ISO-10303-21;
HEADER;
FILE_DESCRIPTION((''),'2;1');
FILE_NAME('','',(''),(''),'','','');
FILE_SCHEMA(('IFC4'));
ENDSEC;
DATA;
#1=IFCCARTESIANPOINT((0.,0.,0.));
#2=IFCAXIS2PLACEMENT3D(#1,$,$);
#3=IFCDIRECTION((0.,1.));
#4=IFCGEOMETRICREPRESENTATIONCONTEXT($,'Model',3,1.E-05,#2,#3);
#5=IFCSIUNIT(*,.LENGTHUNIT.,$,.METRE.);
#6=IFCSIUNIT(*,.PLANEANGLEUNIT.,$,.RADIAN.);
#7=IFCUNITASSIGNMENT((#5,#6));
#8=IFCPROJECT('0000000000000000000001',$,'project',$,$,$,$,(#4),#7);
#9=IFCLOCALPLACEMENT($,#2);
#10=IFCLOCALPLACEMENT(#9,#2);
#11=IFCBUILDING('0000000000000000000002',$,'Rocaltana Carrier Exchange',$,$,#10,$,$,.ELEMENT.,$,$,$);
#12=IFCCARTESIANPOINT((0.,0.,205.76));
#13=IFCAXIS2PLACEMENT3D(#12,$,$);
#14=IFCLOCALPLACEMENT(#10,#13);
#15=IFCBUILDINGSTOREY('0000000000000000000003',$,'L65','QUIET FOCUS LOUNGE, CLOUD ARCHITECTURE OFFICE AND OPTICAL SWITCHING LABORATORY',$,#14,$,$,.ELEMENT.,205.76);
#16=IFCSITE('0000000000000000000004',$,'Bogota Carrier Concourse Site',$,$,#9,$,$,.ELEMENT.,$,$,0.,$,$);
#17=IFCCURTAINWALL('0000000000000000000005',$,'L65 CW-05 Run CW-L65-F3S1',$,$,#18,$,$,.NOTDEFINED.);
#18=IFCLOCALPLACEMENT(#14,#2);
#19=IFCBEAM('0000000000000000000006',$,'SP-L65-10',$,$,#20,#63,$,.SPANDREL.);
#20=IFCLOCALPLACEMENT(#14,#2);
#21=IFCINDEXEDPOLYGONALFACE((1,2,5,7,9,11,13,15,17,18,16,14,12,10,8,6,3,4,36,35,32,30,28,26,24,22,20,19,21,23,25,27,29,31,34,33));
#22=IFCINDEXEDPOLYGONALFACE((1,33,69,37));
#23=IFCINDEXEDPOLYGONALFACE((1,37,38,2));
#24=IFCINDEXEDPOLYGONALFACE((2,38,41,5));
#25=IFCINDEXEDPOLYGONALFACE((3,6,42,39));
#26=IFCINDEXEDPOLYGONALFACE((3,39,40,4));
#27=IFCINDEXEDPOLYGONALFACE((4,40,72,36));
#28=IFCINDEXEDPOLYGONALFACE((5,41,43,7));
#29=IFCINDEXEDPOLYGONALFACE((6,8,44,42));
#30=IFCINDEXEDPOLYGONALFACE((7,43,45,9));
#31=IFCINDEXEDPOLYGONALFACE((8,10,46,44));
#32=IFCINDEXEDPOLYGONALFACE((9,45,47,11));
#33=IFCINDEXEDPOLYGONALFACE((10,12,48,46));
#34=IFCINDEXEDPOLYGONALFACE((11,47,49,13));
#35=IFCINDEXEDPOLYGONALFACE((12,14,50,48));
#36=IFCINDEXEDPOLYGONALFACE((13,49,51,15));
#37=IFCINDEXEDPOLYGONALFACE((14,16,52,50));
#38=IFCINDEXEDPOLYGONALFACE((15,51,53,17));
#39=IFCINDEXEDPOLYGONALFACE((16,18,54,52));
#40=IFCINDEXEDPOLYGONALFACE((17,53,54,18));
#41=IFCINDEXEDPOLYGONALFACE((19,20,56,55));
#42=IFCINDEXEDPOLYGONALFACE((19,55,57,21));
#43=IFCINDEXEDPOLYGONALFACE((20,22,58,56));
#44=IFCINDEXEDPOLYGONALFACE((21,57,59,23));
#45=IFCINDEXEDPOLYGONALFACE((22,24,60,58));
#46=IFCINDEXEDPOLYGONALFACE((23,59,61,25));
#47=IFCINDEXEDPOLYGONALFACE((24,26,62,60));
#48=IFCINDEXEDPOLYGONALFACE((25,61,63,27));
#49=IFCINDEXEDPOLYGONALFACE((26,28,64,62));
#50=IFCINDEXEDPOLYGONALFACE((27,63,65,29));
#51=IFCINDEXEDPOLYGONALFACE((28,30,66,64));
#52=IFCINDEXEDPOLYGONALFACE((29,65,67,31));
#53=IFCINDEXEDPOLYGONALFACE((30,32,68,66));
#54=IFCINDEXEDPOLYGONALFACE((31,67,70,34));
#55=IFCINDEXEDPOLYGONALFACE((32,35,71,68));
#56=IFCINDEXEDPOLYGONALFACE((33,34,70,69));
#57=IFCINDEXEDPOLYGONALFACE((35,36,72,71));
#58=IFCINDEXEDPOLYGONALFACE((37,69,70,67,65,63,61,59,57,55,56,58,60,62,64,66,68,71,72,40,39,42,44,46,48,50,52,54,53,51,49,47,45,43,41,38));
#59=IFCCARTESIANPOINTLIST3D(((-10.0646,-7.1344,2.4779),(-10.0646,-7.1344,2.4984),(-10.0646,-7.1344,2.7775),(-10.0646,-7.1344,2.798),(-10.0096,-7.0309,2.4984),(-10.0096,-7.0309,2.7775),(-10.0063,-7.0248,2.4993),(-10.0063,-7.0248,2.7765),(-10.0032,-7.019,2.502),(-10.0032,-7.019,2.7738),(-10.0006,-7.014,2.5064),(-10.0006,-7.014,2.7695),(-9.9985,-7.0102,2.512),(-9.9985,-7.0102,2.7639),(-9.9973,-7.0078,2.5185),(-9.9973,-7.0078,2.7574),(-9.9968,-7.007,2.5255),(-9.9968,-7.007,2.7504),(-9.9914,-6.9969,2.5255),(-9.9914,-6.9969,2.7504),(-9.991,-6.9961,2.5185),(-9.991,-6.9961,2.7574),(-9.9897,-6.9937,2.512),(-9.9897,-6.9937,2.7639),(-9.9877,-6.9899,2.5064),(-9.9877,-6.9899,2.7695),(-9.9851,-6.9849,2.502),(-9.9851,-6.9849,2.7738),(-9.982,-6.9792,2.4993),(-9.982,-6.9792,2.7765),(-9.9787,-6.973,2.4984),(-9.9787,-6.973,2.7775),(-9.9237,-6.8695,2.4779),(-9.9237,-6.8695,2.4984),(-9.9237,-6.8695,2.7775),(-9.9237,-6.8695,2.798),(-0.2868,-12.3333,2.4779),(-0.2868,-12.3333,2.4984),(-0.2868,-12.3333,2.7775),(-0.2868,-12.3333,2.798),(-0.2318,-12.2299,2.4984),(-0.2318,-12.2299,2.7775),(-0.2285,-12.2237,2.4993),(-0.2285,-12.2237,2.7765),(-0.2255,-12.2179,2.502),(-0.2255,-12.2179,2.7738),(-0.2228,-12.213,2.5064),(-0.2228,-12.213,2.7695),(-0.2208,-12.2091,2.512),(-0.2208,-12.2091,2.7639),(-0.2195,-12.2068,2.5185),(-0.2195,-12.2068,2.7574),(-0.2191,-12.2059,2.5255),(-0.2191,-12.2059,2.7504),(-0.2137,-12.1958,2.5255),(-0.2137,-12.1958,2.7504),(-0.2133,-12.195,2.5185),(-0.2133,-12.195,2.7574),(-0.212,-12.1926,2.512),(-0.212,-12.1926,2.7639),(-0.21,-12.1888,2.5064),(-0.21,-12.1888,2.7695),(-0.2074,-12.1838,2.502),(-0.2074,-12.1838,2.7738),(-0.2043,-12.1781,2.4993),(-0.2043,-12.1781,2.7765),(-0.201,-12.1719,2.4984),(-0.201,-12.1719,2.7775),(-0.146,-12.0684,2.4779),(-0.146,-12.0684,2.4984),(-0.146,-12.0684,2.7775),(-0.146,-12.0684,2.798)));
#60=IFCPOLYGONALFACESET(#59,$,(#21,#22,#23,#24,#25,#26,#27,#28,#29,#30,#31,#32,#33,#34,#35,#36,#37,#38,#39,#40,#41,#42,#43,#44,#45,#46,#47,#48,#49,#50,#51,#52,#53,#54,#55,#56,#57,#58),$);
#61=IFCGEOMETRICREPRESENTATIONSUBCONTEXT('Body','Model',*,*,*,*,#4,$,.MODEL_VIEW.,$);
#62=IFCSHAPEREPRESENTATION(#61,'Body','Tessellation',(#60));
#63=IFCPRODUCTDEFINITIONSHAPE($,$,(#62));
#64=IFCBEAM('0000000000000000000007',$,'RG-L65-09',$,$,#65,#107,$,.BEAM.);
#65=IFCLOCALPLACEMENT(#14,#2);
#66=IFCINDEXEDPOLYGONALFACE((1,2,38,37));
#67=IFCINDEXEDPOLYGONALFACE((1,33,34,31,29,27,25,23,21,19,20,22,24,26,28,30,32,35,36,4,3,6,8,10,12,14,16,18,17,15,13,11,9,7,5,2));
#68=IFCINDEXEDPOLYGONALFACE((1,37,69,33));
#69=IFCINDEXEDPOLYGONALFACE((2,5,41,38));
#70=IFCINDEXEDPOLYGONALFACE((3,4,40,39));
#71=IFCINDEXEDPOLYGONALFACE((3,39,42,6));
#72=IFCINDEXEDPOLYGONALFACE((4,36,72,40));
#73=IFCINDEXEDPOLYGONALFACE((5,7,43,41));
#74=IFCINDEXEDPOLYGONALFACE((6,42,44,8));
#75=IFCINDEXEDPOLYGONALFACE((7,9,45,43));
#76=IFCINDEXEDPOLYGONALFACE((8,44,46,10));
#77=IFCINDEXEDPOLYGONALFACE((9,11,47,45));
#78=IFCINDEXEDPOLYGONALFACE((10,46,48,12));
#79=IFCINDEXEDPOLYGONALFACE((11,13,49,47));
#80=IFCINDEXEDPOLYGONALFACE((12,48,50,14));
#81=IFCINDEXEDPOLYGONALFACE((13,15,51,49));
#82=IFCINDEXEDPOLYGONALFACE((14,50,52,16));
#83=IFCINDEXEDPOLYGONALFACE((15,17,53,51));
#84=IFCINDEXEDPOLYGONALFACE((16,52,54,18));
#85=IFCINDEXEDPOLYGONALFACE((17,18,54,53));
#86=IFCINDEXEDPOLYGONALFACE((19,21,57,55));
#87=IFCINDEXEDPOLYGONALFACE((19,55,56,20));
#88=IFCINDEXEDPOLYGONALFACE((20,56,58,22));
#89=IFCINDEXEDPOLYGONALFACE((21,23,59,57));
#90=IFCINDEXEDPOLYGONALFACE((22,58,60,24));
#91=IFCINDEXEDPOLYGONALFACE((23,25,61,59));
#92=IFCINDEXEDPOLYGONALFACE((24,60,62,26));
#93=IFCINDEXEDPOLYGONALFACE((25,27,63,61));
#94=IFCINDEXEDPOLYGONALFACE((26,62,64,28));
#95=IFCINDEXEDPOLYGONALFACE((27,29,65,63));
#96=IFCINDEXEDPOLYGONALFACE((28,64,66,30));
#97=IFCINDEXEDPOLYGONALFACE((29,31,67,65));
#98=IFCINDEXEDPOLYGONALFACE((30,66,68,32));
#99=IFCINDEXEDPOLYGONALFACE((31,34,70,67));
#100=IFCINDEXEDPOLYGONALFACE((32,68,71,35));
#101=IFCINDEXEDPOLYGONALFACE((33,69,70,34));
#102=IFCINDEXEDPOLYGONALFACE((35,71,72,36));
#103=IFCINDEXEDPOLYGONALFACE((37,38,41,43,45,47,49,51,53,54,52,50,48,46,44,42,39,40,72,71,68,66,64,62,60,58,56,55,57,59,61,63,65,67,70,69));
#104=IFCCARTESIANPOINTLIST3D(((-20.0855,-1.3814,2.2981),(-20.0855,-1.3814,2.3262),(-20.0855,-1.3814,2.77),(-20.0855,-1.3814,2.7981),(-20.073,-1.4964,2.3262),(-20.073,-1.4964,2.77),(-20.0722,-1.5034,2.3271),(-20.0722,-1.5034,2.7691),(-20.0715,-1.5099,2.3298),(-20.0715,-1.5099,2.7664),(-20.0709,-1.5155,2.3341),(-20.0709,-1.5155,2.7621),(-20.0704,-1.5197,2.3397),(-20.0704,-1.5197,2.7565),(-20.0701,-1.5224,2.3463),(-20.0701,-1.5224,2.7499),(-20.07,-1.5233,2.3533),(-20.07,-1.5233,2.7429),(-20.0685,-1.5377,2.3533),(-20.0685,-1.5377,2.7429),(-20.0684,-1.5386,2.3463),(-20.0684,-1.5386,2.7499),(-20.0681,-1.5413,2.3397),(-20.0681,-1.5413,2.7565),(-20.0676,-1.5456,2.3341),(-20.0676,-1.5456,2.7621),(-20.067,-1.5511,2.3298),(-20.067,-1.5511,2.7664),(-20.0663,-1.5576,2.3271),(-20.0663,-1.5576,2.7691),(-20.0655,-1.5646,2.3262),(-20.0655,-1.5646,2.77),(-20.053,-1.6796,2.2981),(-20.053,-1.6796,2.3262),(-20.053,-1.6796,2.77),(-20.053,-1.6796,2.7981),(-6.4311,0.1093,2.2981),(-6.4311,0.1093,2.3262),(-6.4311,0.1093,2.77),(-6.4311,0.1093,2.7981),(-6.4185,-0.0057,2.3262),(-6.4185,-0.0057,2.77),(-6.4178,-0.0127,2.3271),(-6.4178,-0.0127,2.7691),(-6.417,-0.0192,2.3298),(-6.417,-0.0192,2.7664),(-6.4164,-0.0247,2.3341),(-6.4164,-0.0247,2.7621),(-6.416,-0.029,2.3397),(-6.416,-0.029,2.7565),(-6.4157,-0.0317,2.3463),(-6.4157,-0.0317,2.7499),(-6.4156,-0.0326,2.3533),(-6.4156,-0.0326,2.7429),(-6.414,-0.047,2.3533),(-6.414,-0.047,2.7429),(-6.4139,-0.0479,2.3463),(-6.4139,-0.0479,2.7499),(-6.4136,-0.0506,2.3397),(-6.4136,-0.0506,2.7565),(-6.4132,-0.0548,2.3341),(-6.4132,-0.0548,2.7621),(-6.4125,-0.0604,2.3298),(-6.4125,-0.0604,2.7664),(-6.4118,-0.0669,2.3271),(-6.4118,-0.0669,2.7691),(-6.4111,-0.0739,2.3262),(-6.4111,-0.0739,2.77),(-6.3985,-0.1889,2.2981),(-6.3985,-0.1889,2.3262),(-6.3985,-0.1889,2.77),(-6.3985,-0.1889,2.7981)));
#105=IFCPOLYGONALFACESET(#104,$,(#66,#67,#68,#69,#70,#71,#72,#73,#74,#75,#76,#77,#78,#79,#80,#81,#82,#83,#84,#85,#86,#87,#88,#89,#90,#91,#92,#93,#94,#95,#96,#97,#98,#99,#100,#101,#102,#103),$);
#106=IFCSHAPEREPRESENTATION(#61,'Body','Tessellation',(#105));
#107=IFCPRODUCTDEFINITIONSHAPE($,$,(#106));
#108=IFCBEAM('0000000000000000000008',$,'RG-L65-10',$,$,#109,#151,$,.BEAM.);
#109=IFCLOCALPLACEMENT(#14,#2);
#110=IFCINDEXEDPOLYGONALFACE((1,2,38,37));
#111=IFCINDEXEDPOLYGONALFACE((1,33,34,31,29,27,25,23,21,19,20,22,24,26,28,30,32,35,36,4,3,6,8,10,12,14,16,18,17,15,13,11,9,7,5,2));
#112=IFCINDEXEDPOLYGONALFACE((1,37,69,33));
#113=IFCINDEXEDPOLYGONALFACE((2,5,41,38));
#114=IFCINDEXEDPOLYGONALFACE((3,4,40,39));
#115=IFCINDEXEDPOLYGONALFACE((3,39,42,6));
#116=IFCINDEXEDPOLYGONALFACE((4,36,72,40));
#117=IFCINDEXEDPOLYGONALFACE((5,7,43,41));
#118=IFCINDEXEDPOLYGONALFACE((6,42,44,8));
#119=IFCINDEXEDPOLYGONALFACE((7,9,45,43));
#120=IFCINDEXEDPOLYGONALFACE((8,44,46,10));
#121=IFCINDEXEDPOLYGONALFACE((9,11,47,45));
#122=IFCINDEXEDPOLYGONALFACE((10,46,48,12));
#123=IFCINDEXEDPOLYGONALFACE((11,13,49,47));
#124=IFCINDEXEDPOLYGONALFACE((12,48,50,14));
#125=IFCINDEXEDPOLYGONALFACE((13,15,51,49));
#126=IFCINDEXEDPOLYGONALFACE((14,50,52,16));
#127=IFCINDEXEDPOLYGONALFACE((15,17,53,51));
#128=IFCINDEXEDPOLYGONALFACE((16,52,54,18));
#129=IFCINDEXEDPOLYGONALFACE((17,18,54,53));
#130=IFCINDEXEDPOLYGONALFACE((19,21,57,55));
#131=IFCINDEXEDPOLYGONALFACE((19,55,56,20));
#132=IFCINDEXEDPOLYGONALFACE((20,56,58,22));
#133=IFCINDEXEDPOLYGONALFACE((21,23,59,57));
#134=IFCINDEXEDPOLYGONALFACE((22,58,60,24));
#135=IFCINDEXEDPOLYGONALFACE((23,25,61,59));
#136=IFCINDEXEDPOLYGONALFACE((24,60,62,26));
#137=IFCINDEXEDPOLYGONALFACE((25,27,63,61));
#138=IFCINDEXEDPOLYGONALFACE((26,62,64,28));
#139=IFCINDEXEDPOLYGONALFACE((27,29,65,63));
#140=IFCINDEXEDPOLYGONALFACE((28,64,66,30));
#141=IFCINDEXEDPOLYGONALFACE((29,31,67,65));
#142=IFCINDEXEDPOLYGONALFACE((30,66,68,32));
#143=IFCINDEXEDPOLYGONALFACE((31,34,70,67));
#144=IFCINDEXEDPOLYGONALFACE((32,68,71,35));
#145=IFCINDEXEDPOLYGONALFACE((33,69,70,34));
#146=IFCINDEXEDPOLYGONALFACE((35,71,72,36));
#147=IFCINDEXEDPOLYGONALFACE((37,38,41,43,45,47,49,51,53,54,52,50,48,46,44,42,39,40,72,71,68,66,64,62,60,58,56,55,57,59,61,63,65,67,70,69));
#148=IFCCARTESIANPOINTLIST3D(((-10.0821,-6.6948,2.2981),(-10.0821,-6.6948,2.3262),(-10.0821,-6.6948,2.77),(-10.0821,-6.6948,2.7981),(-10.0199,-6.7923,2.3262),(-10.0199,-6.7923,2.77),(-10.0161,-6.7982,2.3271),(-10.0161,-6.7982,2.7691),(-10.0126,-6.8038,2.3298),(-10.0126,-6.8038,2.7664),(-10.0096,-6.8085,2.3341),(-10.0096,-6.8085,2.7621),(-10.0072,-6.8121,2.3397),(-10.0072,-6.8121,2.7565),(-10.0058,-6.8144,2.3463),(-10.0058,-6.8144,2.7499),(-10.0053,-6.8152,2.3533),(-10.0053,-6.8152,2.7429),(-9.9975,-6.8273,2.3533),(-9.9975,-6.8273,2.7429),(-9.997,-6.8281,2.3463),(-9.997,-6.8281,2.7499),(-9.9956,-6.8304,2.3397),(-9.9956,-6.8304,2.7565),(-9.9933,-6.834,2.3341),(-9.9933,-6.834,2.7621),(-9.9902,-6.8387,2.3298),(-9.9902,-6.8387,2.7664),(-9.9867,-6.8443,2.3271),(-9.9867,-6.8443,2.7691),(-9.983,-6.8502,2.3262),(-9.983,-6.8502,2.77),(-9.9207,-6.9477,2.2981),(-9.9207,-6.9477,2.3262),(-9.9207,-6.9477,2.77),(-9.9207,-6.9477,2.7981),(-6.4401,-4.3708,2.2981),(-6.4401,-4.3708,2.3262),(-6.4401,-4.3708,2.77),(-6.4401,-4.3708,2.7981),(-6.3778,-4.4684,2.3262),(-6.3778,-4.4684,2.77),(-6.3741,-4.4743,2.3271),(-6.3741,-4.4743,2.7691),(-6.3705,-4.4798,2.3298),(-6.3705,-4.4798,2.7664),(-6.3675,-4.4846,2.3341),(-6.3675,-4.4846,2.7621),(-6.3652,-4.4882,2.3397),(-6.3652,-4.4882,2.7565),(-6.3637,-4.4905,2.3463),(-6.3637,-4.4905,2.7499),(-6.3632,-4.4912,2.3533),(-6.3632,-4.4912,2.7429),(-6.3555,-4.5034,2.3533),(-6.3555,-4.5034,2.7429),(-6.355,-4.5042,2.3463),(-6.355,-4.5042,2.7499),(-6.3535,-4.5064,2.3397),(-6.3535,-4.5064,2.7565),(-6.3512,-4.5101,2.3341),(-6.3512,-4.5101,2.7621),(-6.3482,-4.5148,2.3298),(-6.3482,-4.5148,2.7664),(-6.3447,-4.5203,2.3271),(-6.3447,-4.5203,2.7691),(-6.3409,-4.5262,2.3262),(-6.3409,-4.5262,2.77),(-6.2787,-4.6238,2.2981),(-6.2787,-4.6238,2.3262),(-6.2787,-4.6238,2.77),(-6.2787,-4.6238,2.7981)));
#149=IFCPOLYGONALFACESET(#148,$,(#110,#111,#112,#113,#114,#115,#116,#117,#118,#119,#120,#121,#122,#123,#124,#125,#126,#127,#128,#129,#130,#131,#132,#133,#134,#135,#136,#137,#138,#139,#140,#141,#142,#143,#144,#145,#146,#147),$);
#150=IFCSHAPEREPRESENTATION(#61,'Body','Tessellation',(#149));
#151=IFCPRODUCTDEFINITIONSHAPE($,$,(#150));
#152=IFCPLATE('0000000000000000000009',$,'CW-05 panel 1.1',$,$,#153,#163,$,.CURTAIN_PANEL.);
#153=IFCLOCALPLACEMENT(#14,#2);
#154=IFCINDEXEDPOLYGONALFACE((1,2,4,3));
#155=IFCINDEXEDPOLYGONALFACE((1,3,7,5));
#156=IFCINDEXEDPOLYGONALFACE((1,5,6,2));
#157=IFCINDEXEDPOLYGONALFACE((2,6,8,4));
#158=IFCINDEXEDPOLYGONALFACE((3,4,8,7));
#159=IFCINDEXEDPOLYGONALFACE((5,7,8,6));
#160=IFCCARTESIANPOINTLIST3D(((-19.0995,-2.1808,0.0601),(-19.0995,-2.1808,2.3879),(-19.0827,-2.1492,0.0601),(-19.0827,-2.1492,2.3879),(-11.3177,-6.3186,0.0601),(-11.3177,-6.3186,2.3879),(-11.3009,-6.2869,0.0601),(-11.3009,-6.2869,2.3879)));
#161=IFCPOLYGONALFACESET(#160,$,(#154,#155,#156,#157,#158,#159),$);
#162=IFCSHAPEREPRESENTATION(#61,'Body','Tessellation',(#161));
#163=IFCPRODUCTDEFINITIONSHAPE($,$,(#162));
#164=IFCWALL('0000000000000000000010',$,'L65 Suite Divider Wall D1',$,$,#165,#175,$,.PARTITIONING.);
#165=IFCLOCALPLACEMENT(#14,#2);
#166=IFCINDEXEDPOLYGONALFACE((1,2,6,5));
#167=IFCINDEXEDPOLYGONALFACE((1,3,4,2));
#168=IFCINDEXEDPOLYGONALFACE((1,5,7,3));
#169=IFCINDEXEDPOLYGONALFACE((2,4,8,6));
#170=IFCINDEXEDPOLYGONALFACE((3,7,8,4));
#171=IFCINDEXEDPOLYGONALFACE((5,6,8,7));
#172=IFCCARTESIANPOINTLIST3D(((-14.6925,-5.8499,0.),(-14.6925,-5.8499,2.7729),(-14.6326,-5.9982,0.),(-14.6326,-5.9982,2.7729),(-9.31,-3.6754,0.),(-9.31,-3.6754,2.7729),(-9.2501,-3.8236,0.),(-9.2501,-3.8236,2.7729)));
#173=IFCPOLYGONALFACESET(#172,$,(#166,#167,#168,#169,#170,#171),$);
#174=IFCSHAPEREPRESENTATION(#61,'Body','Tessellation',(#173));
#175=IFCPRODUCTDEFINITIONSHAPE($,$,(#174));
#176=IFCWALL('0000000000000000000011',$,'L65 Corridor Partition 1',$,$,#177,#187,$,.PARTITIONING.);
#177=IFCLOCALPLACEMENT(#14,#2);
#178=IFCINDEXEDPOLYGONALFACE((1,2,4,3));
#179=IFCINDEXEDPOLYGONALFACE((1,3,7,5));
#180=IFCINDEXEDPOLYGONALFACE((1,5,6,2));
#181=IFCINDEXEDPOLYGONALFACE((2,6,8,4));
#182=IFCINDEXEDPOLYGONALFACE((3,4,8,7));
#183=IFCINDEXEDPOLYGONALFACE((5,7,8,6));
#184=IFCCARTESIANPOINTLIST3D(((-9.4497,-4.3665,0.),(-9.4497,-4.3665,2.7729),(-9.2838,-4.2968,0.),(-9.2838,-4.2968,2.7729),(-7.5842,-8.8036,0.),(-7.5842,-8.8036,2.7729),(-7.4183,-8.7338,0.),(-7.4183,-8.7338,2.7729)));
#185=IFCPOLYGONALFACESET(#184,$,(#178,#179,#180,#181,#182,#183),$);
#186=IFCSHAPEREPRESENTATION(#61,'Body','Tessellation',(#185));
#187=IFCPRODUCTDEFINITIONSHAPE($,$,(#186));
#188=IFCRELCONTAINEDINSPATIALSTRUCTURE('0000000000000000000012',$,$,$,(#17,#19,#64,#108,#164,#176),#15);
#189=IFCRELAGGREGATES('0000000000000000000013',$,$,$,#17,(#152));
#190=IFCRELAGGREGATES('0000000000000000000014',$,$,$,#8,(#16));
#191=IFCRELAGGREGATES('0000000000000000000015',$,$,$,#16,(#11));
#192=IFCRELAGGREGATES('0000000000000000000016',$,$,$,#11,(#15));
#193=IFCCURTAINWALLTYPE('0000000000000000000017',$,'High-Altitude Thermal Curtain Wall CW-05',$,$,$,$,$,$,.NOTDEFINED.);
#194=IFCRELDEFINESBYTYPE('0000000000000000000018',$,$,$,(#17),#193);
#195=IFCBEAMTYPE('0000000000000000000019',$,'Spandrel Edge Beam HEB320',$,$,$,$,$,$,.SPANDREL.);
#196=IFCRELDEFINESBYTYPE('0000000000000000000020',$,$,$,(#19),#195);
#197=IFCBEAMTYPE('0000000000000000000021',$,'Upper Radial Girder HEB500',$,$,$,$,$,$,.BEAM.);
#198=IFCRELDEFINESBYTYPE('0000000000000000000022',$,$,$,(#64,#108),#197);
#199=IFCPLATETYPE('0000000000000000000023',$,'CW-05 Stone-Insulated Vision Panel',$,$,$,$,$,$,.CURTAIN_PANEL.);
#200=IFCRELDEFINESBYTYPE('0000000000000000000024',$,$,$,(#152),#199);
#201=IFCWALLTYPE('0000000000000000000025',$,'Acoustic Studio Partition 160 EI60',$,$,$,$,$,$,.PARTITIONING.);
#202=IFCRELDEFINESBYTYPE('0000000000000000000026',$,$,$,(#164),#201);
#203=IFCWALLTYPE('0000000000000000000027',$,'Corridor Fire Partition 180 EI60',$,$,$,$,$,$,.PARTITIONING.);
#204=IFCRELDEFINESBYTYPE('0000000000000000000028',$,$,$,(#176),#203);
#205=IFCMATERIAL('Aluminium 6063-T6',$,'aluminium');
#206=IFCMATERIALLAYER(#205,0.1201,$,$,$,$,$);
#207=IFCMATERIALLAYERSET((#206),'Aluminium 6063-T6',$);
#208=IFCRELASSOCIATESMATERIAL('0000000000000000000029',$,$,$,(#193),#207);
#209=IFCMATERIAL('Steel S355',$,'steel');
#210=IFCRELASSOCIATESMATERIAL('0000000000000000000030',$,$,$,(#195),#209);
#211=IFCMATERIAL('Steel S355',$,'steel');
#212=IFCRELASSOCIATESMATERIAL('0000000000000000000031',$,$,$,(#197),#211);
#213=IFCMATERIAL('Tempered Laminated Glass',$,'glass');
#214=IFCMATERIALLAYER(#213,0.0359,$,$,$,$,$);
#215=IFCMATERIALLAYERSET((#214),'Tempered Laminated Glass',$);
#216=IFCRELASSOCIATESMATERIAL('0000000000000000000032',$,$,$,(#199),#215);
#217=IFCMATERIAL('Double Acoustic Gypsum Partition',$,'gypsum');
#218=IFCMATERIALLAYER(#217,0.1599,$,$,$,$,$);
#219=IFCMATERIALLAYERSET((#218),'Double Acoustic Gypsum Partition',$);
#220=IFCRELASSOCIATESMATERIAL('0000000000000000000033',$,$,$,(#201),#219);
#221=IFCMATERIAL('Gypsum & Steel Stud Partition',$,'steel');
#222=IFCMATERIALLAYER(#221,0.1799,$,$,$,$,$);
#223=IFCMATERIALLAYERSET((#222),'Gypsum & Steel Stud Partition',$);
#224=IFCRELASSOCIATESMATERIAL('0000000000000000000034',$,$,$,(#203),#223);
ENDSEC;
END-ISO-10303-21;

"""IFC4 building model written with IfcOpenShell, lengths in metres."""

from ifc_helpers import new_model, si_unit, direction, frame, frame_2d, origin, origin_2d, place, context, subcontext, project, spatial, rectangle, i_section, extrude, material, layer, layer_set, material_profile, profile_set, type_object, element, aggregate, save


model = new_model("IFC4")

# Units and contexts
model_context = context("Model", 3, precision=1e-05, world=origin(), true_north=direction((0.0, 1.0)))
body_context = subcontext(model_context, "Body", "Model", "MODEL_VIEW")
ifc_project = project(units=[si_unit("LENGTHUNIT", "METRE"), si_unit("PLANEANGLEUNIT", "RADIAN")], contexts=[model_context])

# Site, building, storey
site_placement = place(None, origin())
site = spatial("IfcSite", under=ifc_project, at=site_placement, Name="Bogota Carrier Concourse Site", CompositionType="ELEMENT", RefElevation=0.0)
building_placement = place(site_placement, origin())
building = spatial("IfcBuilding", under=site, at=building_placement, Name="Rocaltana Carrier Exchange", CompositionType="ELEMENT")
storey_placement = place(building_placement, frame((0.0, 0.0, 205.76)))
storey = spatial("IfcBuildingStorey", under=building, at=storey_placement, Name="L65", Description="QUIET FOCUS LOUNGE, CLOUD ARCHITECTURE OFFICE AND OPTICAL SWITCHING LABORATORY", CompositionType="ELEMENT", Elevation=205.76)

# Curtain wall
ifc_material_1 = material(Name="Aluminium 6063-T6", Category="aluminium")
ifc_layer_1 = layer(ifc_material_1, 0.1201)
ifc_layer_set_1 = layer_set([ifc_layer_1], Name="Aluminium 6063-T6")
curtain_wall_type = type_object("IfcCurtainWallType", Name="High-Altitude Thermal Curtain Wall CW-05", PredefinedType="NOTDEFINED", material=ifc_layer_set_1)
curtain_wall_1_placement = place(storey_placement, origin())
curtain_wall_1 = element("IfcCurtainWall", 1, at=curtain_wall_1_placement, inside=storey, type_object=curtain_wall_type, Name="L65 CW-05 Run CW-L65-F3S1", PredefinedType="NOTDEFINED")

# Beams
ifc_material_2 = material(Name="Steel S355", Category="steel")
ifc_material_profile_1 = material_profile(ifc_material_2, i_section(OverallWidth=0.3, OverallDepth=0.3201, WebThickness=0.0115, FlangeThickness=0.0205, FilletRadius=0.0271, at=origin_2d()), Name="HEB320")
ifc_profile_set_1 = profile_set([ifc_material_profile_1], Name="Steel S355")
beam_type_1 = type_object("IfcBeamType", Name="Spandrel Edge Beam HEB320", PredefinedType="SPANDREL", material=ifc_profile_set_1)
beam_1_placement = place(storey_placement, frame((-9.9941, -7.002, 2.6379), z_axis=(0.882947, -0.469472, 0.0), x_axis=(0.469472, 0.882947, 0.0)))
element("IfcBeam", 2, at=beam_1_placement, inside=storey, type_object=beam_type_1, Name="SP-L65-10", PredefinedType="SPANDREL", context=body_context, shape_type="SweptSolid", body=[
    extrude(i_section(OverallWidth=0.3, OverallDepth=0.3201, WebThickness=0.0115, FlangeThickness=0.0205, FilletRadius=0.0271, at=origin_2d()), origin(), (0.0, 0.0, 1.0), 11.074),
])
ifc_material_3 = material(Name="Steel S355", Category="steel")
ifc_material_profile_2 = material_profile(ifc_material_3, i_section(OverallWidth=0.3, OverallDepth=0.5, WebThickness=0.0144, FlangeThickness=0.0281, FilletRadius=0.0271, at=origin_2d()), Name="HEB500")
ifc_profile_set_2 = profile_set([ifc_material_profile_2], Name="Steel S355")
beam_type_2 = type_object("IfcBeamType", Name="Upper Radial Girder HEB500", PredefinedType="BEAM", material=ifc_profile_set_2)
beam_2_placement = place(storey_placement, frame((-6.4148, -0.0398, 2.5481), z_axis=(-0.994093, -0.108529, 0.0), x_axis=(0.108529, -0.994093, 0.0)))
element("IfcBeam", 3, at=beam_2_placement, inside=storey, type_object=beam_type_2, Name="RG-L65-09", PredefinedType="BEAM", context=body_context, shape_type="SweptSolid", body=[
    extrude(i_section(OverallWidth=0.3, OverallDepth=0.5, WebThickness=0.0144, FlangeThickness=0.0281, FilletRadius=0.0271, at=origin_2d()), origin(), (0.0, 0.0, 1.0), 13.7356),
])
beam_3_placement = place(storey_placement, frame((-6.3594, -4.4973, 2.5481), z_axis=(-0.843002, -0.53791, 0.0), x_axis=(0.53791, -0.843002, 0.0)))
element("IfcBeam", 4, at=beam_3_placement, inside=storey, type_object=beam_type_2, Name="RG-L65-10", PredefinedType="BEAM", context=body_context, shape_type="SweptSolid", body=[
    extrude(i_section(OverallWidth=0.3, OverallDepth=0.5, WebThickness=0.0144, FlangeThickness=0.0281, FilletRadius=0.0271, at=origin_2d()), origin(), (0.0, 0.0, 1.0), 4.3203),
])

# Plate
ifc_material_4 = material(Name="Tempered Laminated Glass", Category="glass")
ifc_layer_2 = layer(ifc_material_4, 0.0359)
ifc_layer_set_2 = layer_set([ifc_layer_2], Name="Tempered Laminated Glass")
plate_type = type_object("IfcPlateType", Name="CW-05 Stone-Insulated Vision Panel", PredefinedType="CURTAIN_PANEL", material=ifc_layer_set_2)
plate_placement = place(storey_placement, frame((-15.2002, -4.2339, 0.0601), z_axis=(0.0, 0.0, 1.0), x_axis=(0.882941, -0.469483, 0.0)))
plate = element("IfcPlate", 5, at=plate_placement, type_object=plate_type, Name="CW-05 panel 1.1", PredefinedType="CURTAIN_PANEL", context=body_context, shape_type="SweptSolid", body=[
    extrude(rectangle(XDim=8.8135, YDim=0.0359, at=origin_2d()), origin(), (0.0, 0.0, 1.0), 2.3279),
])
aggregate(curtain_wall_1, [plate])

# Walls
ifc_material_5 = material(Name="Double Acoustic Gypsum Partition", Category="gypsum")
ifc_layer_3 = layer(ifc_material_5, 0.1599)
ifc_layer_set_3 = layer_set([ifc_layer_3], Name="Double Acoustic Gypsum Partition")
wall_type_1 = type_object("IfcWallType", Name="Acoustic Studio Partition 160 EI60", PredefinedType="PARTITIONING", material=ifc_layer_set_3)
wall_1_placement = place(storey_placement, frame((-9.28, -3.7495, 0.0), z_axis=(0.0, 0.0, 1.0), x_axis=(-0.927192, -0.374586, 0.0)))
element("IfcWall", 6, at=wall_1_placement, inside=storey, type_object=wall_type_1, Name="L65 Suite Divider Wall D1", PredefinedType="PARTITIONING", context=body_context, shape_type="SweptSolid", body=[
    extrude(rectangle(XDim=5.8052, YDim=0.1599, at=frame_2d((2.9026, 0.0))), origin(), (0.0, 0.0, 1.0), 2.7729),
])
ifc_material_6 = material(Name="Gypsum & Steel Stud Partition", Category="steel")
ifc_layer_4 = layer(ifc_material_6, 0.1799)
ifc_layer_set_4 = layer_set([ifc_layer_4], Name="Gypsum & Steel Stud Partition")
wall_type_2 = type_object("IfcWallType", Name="Corridor Fire Partition 180 EI60", PredefinedType="PARTITIONING", material=ifc_layer_set_4)
wall_2_placement = place(storey_placement, frame((-7.5012, -8.7688, 0.0), z_axis=(0.0, 0.0, 1.0), x_axis=(-0.387574, 0.921839, 0.0)))
element("IfcWall", 7, at=wall_2_placement, inside=storey, type_object=wall_type_2, Name="L65 Corridor Partition 1", PredefinedType="PARTITIONING", context=body_context, shape_type="SweptSolid", body=[
    extrude(rectangle(XDim=4.8132, YDim=0.1799, at=frame_2d((2.4067, 0.0))), origin(), (0.0, 0.0, 1.0), 2.7729),
])

save(model, "model.ifc")
